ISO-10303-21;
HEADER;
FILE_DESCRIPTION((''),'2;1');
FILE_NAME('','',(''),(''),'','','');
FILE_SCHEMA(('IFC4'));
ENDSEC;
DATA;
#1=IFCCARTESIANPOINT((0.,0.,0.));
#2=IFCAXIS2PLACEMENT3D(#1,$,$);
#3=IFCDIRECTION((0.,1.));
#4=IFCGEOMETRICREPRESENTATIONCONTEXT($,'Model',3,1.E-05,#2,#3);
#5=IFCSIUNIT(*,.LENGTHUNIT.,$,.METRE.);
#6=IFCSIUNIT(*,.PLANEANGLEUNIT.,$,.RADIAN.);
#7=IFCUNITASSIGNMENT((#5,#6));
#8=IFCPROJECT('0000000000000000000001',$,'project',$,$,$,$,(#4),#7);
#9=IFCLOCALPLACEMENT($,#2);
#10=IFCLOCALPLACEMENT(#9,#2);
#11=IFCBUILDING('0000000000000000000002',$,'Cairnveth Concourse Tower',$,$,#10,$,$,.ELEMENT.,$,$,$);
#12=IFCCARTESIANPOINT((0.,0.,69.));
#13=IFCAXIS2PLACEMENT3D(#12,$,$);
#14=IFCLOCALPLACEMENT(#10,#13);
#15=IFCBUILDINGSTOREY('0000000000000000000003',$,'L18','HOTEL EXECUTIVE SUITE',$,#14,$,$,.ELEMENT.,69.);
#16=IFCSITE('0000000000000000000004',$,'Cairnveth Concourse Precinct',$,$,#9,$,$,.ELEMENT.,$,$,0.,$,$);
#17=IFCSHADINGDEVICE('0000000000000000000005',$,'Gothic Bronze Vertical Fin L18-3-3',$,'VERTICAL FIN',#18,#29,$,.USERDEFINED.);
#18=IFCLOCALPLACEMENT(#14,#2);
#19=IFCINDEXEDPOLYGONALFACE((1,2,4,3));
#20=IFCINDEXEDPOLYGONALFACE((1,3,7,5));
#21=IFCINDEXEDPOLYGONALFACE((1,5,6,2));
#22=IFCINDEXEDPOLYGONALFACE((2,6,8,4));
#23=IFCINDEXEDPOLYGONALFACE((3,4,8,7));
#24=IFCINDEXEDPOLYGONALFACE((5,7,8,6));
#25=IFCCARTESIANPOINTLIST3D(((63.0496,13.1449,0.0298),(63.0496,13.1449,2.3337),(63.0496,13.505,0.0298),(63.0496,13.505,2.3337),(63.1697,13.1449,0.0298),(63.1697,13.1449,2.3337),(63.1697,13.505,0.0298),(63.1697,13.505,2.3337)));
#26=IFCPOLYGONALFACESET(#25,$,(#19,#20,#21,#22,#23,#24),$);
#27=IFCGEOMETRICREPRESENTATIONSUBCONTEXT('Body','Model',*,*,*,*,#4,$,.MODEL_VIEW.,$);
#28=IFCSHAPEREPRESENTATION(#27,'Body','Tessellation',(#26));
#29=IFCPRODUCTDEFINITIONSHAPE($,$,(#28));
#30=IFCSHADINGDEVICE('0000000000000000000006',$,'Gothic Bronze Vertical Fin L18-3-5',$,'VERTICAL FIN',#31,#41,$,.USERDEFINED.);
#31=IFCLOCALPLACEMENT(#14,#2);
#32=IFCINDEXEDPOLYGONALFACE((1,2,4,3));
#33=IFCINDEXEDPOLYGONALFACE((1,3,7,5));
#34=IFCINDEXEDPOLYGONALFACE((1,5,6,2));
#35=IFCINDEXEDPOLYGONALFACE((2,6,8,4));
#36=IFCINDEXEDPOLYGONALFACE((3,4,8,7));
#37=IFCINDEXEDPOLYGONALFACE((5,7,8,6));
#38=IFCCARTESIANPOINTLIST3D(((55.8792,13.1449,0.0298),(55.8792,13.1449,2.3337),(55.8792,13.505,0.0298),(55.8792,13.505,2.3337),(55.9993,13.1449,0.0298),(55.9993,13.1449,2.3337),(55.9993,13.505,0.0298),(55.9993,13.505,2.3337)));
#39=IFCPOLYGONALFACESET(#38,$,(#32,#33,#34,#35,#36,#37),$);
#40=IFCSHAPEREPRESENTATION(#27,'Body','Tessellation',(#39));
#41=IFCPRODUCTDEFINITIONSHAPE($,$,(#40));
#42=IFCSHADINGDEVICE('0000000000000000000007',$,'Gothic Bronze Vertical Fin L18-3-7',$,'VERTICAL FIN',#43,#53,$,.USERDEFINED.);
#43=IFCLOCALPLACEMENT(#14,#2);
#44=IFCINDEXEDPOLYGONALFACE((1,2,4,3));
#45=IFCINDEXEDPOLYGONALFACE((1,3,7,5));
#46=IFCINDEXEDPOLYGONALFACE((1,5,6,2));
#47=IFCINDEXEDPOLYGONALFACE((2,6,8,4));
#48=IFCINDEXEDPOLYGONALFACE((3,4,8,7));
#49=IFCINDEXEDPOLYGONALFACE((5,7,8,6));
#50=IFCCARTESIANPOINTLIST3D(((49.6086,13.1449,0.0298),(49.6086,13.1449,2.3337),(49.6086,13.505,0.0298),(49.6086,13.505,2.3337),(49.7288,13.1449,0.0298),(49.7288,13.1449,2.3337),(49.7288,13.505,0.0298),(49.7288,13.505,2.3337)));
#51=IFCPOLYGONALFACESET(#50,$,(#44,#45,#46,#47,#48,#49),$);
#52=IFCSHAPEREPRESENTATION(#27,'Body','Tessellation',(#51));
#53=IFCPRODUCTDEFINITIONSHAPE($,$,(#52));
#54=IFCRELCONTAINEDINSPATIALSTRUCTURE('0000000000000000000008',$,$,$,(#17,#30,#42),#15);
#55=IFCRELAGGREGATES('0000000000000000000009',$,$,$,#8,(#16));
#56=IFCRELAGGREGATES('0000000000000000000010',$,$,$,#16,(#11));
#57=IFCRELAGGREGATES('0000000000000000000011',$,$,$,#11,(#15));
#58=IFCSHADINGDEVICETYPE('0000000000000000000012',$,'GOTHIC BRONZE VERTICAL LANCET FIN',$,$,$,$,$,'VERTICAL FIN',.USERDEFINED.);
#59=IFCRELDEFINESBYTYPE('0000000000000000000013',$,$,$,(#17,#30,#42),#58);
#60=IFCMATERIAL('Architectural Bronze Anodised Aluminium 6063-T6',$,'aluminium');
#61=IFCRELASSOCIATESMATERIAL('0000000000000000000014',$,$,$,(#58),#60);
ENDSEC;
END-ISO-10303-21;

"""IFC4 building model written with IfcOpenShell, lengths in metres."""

from ifc_helpers import new_model, si_unit, direction, frame, origin, origin_2d, place, context, subcontext, project, spatial, rectangle, extrude, material, type_object, element, save


model = new_model("IFC4")

# Units and contexts
model_context = context("Model", 3, precision=1e-05, world=origin(), true_north=direction((0.0, 1.0)))
body_context = subcontext(model_context, "Body", "Model", "MODEL_VIEW")
ifc_project = project(units=[si_unit("LENGTHUNIT", "METRE"), si_unit("PLANEANGLEUNIT", "RADIAN")], contexts=[model_context])

# Site, building, storey
site_placement = place(None, origin())
site = spatial("IfcSite", under=ifc_project, at=site_placement, Name="Cairnveth Concourse Precinct", CompositionType="ELEMENT", RefElevation=0.0)
building_placement = place(site_placement, origin())
building = spatial("IfcBuilding", under=site, at=building_placement, Name="Cairnveth Concourse Tower", CompositionType="ELEMENT")
storey_placement = place(building_placement, frame((0.0, 0.0, 69.0)))
storey = spatial("IfcBuildingStorey", under=building, at=storey_placement, Name="L18", Description="HOTEL EXECUTIVE SUITE", CompositionType="ELEMENT", Elevation=69.0)

# Shared definitions
ifc_material_1 = material(Name="Architectural Bronze Anodised Aluminium 6063-T6", Category="aluminium")

# Shading devices
shading_device_type = type_object("IfcShadingDeviceType", Name="GOTHIC BRONZE VERTICAL LANCET FIN", ElementType="VERTICAL FIN", PredefinedType="USERDEFINED", material=ifc_material_1)
for number, where, z_axis, x_axis, name in (
    (1, (63.1096, 13.325, 0.0298), (0.0, 0.0, 1.0), (1.0, 0.0, 0.0), "Gothic Bronze Vertical Fin L18-3-3"),
    (2, (55.9392, 13.325, 0.0298), (0.0, 0.0, 1.0), (1.0, 0.0, 0.0), "Gothic Bronze Vertical Fin L18-3-5"),
    (3, (49.6687, 13.325, 0.0298), (0.0, 0.0, 1.0), (1.0, 0.0, 0.0), "Gothic Bronze Vertical Fin L18-3-7"),
):
    element("IfcShadingDevice", number, at=place(storey_placement, frame(where, z_axis=z_axis, x_axis=x_axis)), inside=storey, type_object=shading_device_type, Name=name, ObjectType="VERTICAL FIN", PredefinedType="USERDEFINED", context=body_context, shape_type="SweptSolid", body=[
        extrude(rectangle(XDim=0.1201, YDim=0.3601, at=origin_2d()), origin(), (0.0, 0.0, 1.0), 2.304),
    ])

save(model, "model.ifc")
